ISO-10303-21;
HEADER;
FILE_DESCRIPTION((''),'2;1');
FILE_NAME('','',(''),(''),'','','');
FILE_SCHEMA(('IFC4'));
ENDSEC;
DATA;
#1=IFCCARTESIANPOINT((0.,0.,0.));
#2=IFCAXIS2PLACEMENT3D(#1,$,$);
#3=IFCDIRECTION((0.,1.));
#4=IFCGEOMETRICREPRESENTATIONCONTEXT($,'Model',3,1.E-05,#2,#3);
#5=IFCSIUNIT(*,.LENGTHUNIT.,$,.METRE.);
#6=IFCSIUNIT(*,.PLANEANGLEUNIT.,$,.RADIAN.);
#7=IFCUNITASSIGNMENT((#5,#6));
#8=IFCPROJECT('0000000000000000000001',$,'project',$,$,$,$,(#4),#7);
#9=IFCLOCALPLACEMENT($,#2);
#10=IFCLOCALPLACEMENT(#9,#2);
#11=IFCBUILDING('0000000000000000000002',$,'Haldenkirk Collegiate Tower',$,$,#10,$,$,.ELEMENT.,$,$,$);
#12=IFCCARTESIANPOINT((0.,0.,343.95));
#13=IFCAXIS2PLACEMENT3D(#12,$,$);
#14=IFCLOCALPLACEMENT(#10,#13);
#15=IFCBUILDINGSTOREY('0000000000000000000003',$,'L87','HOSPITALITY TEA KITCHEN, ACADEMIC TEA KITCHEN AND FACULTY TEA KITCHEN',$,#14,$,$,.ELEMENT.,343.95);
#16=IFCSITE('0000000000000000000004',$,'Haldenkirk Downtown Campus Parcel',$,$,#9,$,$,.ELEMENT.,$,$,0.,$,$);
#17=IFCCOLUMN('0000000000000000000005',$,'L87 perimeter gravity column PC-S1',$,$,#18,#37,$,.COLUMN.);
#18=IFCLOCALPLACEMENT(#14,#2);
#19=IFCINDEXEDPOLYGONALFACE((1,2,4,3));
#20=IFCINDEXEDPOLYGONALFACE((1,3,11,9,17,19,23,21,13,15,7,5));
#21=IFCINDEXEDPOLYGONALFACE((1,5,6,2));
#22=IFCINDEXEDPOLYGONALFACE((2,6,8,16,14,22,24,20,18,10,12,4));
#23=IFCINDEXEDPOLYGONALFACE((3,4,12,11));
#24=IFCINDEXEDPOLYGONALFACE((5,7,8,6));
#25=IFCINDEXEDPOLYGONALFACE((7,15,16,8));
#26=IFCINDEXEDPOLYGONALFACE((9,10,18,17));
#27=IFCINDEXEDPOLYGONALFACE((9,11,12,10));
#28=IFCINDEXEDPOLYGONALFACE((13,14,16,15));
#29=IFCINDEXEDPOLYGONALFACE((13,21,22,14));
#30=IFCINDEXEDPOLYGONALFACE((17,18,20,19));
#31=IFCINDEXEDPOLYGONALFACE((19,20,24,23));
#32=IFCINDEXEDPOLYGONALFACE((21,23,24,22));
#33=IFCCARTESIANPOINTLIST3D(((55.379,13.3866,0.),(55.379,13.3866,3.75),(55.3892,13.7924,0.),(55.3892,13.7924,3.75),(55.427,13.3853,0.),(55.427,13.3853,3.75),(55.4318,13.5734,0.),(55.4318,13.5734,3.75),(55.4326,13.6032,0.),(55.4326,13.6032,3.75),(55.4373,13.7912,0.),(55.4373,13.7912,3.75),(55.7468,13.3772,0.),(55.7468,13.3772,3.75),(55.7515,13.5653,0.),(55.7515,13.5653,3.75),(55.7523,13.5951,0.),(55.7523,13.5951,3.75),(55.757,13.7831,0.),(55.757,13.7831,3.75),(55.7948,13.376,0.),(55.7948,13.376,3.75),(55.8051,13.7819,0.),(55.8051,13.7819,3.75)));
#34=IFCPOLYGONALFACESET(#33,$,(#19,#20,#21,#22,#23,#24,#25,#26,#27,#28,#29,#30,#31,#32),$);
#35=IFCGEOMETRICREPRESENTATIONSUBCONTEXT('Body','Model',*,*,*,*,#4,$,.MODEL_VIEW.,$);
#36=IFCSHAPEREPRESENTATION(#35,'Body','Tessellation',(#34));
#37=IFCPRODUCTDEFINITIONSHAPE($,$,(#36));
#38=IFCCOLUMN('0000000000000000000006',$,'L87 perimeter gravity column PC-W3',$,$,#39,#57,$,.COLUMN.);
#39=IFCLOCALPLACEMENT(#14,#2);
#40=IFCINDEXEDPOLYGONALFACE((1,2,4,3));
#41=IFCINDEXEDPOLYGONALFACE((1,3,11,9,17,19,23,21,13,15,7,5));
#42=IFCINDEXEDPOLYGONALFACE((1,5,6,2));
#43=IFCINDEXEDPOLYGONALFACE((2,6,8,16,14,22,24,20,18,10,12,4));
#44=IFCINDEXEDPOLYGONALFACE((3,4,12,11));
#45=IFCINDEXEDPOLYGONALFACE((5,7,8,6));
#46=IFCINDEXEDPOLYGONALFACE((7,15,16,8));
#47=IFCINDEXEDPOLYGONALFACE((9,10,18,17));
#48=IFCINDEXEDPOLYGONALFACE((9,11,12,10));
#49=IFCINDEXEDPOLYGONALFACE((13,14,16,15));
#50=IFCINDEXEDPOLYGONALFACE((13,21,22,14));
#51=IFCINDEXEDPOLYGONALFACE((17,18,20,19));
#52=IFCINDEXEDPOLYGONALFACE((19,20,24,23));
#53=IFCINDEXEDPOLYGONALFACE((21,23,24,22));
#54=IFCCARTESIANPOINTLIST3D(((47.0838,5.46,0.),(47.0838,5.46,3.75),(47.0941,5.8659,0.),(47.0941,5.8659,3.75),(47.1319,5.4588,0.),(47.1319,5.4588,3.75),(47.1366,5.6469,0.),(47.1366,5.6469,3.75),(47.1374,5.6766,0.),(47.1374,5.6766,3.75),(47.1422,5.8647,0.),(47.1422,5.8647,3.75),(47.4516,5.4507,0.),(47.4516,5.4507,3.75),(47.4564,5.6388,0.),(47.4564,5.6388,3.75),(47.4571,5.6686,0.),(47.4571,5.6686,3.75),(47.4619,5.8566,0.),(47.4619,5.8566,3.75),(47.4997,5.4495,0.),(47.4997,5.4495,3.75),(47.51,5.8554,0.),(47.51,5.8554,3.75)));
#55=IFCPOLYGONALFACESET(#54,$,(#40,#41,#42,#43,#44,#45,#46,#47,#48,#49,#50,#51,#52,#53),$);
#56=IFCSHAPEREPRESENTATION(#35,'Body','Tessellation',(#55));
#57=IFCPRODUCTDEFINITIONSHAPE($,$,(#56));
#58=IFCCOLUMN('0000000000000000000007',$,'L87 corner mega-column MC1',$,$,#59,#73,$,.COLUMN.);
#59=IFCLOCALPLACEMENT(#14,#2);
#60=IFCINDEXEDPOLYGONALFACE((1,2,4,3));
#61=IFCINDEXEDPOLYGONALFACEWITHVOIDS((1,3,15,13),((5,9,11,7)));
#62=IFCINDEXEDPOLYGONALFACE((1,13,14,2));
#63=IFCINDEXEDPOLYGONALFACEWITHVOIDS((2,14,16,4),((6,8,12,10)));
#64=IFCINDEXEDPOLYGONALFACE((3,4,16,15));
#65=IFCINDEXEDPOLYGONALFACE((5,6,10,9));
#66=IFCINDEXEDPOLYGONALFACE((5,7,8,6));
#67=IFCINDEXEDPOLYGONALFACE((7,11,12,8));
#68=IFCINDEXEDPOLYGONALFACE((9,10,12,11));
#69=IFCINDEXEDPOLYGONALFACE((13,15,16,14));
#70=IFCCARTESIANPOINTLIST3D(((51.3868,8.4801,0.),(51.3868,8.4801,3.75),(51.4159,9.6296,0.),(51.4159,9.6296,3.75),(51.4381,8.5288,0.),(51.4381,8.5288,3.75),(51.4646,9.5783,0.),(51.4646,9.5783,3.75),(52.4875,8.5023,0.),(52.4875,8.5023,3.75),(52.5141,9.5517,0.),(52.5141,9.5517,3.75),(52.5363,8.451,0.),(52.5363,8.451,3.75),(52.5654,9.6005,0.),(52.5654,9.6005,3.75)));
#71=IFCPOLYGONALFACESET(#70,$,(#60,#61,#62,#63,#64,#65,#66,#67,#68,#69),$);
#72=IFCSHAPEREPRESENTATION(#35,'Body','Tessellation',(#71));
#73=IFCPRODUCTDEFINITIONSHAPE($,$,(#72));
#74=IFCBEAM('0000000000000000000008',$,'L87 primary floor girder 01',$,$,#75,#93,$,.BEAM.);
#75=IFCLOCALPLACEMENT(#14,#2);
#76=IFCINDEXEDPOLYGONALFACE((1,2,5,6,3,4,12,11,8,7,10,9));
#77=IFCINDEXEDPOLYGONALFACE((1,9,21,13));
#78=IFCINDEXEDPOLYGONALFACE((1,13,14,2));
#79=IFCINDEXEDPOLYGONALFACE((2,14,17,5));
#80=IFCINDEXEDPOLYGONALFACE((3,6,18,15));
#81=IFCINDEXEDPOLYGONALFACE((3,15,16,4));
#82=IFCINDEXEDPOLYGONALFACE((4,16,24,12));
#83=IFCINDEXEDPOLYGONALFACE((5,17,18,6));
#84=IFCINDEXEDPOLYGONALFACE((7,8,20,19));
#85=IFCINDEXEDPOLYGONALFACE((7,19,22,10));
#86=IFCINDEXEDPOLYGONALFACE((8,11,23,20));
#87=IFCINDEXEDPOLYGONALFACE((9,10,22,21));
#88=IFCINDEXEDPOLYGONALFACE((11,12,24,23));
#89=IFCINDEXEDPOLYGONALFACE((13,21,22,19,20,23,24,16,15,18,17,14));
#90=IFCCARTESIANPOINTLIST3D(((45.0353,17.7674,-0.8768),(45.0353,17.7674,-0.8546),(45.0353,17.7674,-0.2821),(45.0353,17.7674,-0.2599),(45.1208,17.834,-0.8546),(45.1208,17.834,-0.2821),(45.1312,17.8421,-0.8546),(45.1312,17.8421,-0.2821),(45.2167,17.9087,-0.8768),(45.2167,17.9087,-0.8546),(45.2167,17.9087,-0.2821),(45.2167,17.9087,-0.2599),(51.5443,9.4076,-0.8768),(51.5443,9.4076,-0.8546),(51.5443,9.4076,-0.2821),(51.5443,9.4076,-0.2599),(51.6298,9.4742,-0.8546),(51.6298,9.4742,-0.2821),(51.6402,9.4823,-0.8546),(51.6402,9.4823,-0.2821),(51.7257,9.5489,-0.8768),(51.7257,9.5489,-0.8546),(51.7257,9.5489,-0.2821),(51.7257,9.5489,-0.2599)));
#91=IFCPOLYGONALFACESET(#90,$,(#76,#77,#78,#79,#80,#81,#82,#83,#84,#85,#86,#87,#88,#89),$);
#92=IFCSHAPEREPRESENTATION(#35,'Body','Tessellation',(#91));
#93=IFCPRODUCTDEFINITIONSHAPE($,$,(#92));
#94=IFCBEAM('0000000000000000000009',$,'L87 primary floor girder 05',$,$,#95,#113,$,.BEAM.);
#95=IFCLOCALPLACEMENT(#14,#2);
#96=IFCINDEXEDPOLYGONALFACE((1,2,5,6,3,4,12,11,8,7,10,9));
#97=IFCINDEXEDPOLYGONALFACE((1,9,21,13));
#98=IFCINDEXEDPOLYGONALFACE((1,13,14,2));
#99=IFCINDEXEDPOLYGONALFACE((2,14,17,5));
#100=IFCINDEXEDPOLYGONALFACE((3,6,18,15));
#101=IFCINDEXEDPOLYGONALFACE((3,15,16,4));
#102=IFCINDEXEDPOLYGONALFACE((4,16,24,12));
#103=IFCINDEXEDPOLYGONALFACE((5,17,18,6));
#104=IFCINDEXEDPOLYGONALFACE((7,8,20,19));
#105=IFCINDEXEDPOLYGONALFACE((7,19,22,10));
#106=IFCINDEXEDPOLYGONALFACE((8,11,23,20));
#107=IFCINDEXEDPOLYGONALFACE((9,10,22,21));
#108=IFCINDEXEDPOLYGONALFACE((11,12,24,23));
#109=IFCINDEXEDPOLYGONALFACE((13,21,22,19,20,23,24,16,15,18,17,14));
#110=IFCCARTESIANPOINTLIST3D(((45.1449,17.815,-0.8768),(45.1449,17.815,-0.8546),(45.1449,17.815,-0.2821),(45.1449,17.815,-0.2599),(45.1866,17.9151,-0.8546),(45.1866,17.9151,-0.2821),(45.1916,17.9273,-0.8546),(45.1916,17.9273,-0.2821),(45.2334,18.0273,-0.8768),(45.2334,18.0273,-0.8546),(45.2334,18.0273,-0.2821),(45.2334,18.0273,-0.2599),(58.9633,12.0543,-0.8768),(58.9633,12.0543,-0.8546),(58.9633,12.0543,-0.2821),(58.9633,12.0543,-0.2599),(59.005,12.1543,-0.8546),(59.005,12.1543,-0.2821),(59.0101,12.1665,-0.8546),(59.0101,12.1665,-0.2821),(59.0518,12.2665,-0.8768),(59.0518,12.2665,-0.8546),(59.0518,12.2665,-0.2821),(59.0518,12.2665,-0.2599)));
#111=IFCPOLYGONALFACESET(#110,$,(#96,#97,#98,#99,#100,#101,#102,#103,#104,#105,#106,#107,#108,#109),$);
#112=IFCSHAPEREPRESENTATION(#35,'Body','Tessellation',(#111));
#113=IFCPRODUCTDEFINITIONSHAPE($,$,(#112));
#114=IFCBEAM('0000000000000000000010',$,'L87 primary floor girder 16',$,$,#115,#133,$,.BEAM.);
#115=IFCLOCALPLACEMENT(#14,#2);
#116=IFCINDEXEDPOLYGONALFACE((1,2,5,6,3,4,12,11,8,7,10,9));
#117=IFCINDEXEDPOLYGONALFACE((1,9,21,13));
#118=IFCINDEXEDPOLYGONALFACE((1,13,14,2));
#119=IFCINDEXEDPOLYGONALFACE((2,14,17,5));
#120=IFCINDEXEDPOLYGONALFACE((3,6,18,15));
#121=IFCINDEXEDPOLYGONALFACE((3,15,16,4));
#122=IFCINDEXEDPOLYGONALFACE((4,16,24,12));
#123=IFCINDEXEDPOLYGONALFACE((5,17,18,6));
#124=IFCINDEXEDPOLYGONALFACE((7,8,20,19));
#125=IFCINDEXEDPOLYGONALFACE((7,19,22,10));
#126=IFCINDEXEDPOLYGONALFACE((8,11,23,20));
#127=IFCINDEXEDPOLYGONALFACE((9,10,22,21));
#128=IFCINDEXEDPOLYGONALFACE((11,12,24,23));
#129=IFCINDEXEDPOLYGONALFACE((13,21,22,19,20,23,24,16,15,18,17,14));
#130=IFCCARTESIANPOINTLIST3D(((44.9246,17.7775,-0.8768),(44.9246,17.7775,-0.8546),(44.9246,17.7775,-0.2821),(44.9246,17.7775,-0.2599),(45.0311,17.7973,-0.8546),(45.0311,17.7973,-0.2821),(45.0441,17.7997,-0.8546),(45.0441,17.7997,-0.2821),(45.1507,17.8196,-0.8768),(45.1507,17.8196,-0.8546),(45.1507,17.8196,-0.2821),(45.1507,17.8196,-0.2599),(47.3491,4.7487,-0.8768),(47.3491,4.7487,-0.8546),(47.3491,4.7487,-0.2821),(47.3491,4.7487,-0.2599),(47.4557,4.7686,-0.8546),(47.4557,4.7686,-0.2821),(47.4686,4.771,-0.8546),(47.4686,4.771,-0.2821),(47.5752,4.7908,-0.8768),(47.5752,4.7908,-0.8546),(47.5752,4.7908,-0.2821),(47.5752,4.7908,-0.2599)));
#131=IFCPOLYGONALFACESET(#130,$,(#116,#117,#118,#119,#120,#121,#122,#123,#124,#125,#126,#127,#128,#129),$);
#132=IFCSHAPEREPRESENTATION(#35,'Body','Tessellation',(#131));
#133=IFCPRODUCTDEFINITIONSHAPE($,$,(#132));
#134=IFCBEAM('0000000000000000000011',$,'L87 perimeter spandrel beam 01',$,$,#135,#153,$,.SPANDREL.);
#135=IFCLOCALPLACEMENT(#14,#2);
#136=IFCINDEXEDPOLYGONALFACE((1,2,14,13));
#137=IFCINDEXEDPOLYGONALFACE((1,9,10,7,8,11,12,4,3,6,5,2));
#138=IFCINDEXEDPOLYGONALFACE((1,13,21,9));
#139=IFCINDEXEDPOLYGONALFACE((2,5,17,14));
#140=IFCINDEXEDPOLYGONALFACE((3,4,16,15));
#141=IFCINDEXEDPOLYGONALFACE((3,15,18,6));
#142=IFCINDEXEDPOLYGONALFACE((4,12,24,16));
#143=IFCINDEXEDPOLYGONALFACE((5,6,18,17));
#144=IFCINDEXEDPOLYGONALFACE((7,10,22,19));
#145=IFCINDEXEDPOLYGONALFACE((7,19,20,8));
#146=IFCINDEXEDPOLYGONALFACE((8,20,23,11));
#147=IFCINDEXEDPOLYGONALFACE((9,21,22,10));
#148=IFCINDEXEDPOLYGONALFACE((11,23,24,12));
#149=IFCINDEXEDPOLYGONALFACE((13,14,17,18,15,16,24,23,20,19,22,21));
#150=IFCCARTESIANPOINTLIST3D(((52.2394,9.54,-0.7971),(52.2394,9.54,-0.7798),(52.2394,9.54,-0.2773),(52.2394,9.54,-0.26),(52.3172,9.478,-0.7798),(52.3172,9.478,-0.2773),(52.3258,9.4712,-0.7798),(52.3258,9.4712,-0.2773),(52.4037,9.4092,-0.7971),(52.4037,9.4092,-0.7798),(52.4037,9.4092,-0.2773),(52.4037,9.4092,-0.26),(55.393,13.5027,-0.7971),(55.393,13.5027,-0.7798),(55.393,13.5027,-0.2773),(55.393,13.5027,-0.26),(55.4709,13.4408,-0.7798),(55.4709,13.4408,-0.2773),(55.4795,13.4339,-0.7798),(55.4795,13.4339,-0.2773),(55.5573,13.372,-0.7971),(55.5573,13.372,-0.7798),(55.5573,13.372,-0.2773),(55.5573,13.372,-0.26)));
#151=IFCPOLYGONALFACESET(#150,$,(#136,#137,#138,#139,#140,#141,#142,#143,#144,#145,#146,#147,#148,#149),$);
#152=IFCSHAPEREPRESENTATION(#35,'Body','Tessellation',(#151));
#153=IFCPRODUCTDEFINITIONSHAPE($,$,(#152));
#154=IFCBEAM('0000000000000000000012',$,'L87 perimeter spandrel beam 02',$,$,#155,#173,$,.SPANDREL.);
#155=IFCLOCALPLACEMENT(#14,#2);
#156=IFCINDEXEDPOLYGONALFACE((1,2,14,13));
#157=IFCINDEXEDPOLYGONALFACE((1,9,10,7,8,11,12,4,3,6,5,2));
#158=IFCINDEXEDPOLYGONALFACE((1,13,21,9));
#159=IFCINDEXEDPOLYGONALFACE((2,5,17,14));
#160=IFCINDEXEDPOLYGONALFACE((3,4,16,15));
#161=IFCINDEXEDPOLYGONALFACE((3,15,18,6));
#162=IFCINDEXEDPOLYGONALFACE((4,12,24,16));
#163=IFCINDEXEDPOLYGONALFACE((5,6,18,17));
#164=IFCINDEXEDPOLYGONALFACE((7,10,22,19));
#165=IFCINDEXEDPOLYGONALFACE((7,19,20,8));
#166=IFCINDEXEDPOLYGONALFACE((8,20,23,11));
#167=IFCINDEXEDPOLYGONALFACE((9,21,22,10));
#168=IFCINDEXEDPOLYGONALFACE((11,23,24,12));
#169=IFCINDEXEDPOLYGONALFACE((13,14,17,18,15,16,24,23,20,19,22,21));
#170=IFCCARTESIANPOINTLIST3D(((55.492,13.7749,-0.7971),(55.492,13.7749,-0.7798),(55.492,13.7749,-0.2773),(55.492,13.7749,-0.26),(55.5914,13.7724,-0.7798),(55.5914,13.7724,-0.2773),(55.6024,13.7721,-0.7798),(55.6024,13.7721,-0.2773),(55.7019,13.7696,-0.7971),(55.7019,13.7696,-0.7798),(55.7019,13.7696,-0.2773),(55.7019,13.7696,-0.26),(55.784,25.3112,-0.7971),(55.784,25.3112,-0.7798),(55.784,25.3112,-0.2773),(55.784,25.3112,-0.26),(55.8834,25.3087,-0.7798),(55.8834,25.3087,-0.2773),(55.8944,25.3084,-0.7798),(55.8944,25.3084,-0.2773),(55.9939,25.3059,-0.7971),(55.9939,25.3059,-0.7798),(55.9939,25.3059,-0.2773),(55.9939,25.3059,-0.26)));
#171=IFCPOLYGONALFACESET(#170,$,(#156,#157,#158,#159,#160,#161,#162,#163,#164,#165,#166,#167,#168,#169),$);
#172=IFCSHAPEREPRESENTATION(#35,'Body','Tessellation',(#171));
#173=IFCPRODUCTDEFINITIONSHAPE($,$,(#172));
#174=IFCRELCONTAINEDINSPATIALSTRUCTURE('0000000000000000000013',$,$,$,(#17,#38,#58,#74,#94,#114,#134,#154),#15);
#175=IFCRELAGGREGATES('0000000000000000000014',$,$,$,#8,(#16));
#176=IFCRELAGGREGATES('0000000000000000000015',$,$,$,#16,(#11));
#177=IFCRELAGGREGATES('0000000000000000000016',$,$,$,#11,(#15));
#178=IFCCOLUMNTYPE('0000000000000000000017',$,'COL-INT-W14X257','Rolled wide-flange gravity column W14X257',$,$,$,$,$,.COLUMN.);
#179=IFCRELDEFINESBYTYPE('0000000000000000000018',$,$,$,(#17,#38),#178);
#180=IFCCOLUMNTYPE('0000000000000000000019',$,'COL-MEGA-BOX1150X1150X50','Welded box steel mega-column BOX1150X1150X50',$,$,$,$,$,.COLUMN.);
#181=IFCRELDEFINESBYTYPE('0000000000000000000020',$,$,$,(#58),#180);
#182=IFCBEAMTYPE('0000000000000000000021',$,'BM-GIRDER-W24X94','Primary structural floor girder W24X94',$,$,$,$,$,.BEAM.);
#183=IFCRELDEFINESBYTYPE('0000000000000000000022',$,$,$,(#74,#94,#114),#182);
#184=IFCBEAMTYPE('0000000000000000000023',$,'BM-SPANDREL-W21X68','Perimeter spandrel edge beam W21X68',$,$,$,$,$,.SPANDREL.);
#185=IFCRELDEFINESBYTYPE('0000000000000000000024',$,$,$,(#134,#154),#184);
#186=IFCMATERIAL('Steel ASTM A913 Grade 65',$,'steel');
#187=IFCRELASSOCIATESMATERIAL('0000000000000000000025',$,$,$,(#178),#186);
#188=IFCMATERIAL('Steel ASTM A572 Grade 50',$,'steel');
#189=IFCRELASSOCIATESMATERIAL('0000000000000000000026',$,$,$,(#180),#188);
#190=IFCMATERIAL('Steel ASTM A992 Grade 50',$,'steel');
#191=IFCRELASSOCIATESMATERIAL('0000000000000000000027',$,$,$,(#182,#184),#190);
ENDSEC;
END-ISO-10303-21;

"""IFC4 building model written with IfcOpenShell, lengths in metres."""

from ifc_helpers import new_model, si_unit, direction, frame, origin, origin_2d, place, context, subcontext, project, spatial, hollow_rectangle, i_section, extrude, material, material_profile, profile_set, type_object, element, save


model = new_model("IFC4")

# Units and contexts
model_context = context("Model", 3, precision=1e-05, world=origin(), true_north=direction((0.0, 1.0)))
body_context = subcontext(model_context, "Body", "Model", "MODEL_VIEW")
ifc_project = project(units=[si_unit("LENGTHUNIT", "METRE"), si_unit("PLANEANGLEUNIT", "RADIAN")], contexts=[model_context])

# Site, building, storey
site_placement = place(None, origin())
site = spatial("IfcSite", under=ifc_project, at=site_placement, Name="Haldenkirk Downtown Campus Parcel", CompositionType="ELEMENT", RefElevation=0.0)
building_placement = place(site_placement, origin())
building = spatial("IfcBuilding", under=site, at=building_placement, Name="Haldenkirk Collegiate Tower", CompositionType="ELEMENT")
storey_placement = place(building_placement, frame((0.0, 0.0, 343.95)))
storey = spatial("IfcBuildingStorey", under=building, at=storey_placement, Name="L87", Description="HOSPITALITY TEA KITCHEN, ACADEMIC TEA KITCHEN AND FACULTY TEA KITCHEN", CompositionType="ELEMENT", Elevation=343.95)

# Columns
ifc_material_1 = material(Name="Steel ASTM A913 Grade 65", Category="steel")
ifc_material_profile_1 = material_profile(ifc_material_1, i_section(OverallWidth=0.406, OverallDepth=0.416, WebThickness=0.0298, FlangeThickness=0.0481, at=origin_2d()), Name="W14X257")
ifc_profile_set_1 = profile_set([ifc_material_profile_1], Name="Steel ASTM A913 Grade 65")
column_type_1 = type_object("IfcColumnType", Name="COL-INT-W14X257", Description="Rolled wide-flange gravity column W14X257", PredefinedType="COLUMN", material=ifc_profile_set_1)
for number, where, z_axis, x_axis, name in (
    (1, (55.592, 13.5842, 0.0), (0.0, 0.0, 1.0), (0.025305, 0.99968, 0.0), "L87 perimeter gravity column PC-S1"),
    (2, (47.2969, 5.6577, 0.0), (0.0, 0.0, 1.0), (0.025305, 0.99968, 0.0), "L87 perimeter gravity column PC-W3"),
):
    element("IfcColumn", number, at=place(storey_placement, frame(where, z_axis=z_axis, x_axis=x_axis)), inside=storey, type_object=column_type_1, Name=name, PredefinedType="COLUMN", context=body_context, shape_type="SweptSolid", body=[
        extrude(i_section(OverallWidth=0.406, OverallDepth=0.416, WebThickness=0.0298, FlangeThickness=0.0481, at=origin_2d()), origin(), (0.0, 0.0, 1.0), 3.75),
    ])
ifc_material_2 = material(Name="Steel ASTM A572 Grade 50", Category="steel")
ifc_material_profile_2 = material_profile(ifc_material_2, hollow_rectangle(XDim=1.1499, YDim=1.1499, WallThickness=0.05, at=origin_2d()), Name="BOX1150X1150X50")
ifc_profile_set_2 = profile_set([ifc_material_profile_2], Name="Steel ASTM A572 Grade 50")
column_type_2 = type_object("IfcColumnType", Name="COL-MEGA-BOX1150X1150X50", Description="Welded box steel mega-column BOX1150X1150X50", PredefinedType="COLUMN", material=ifc_profile_set_2)
column_placement = place(storey_placement, frame((51.9761, 9.0403, 0.0), z_axis=(0.0, 0.0, 1.0), x_axis=(0.025305, 0.99968, 0.0)))
element("IfcColumn", 3, at=column_placement, inside=storey, type_object=column_type_2, Name="L87 corner mega-column MC1", PredefinedType="COLUMN", context=body_context, shape_type="SweptSolid", body=[
    extrude(hollow_rectangle(XDim=1.1499, YDim=1.1499, WallThickness=0.05, at=origin_2d()), origin(), (0.0, 0.0, 1.0), 3.75),
])

# Beams
ifc_material_3 = material(Name="Steel ASTM A992 Grade 50", Category="steel")
ifc_material_profile_3 = material_profile(ifc_material_3, i_section(OverallWidth=0.23, OverallDepth=0.6169, WebThickness=0.0132, FlangeThickness=0.0222, at=origin_2d()), Name="W24X94")
ifc_profile_set_3 = profile_set([ifc_material_profile_3], Name="Steel ASTM A992 Grade 50")
beam_type_1 = type_object("IfcBeamType", Name="BM-GIRDER-W24X94", Description="Primary structural floor girder W24X94", PredefinedType="BEAM", material=ifc_profile_set_3)
beam_1_placement = place(storey_placement, frame((51.635, 9.4783, -0.5684), z_axis=(-0.614347, 0.789036, 0.0), x_axis=(-0.789036, -0.614347, 0.0)))
element("IfcBeam", 4, at=beam_1_placement, inside=storey, type_object=beam_type_1, Name="L87 primary floor girder 01", PredefinedType="BEAM", context=body_context, shape_type="SweptSolid", body=[
    extrude(i_section(OverallWidth=0.23, OverallDepth=0.6169, WebThickness=0.0132, FlangeThickness=0.0222, at=origin_2d()), origin(), (0.0, 0.0, 1.0), 10.595),
])
beam_2_placement = place(storey_placement, frame((59.0076, 12.1604, -0.5684), z_axis=(-0.923004, 0.384791, 0.0), x_axis=(-0.384791, -0.923004, 0.0)))
element("IfcBeam", 5, at=beam_2_placement, inside=storey, type_object=beam_type_1, Name="L87 primary floor girder 05", PredefinedType="BEAM", context=body_context, shape_type="SweptSolid", body=[
    extrude(i_section(OverallWidth=0.23, OverallDepth=0.6169, WebThickness=0.0132, FlangeThickness=0.0222, at=origin_2d()), origin(), (0.0, 0.0, 1.0), 14.9712),
])
beam_3_placement = place(storey_placement, frame((47.4622, 4.7698, -0.5684), z_axis=(-0.182951, 0.983122, 0.0), x_axis=(-0.983122, -0.182951, 0.0)))
element("IfcBeam", 6, at=beam_3_placement, inside=storey, type_object=beam_type_1, Name="L87 primary floor girder 16", PredefinedType="BEAM", context=body_context, shape_type="SweptSolid", body=[
    extrude(i_section(OverallWidth=0.23, OverallDepth=0.6169, WebThickness=0.0132, FlangeThickness=0.0222, at=origin_2d()), origin(), (0.0, 0.0, 1.0), 13.2524),
])
ifc_material_profile_4 = material_profile(ifc_material_3, i_section(OverallWidth=0.21, OverallDepth=0.5371, WebThickness=0.011, FlangeThickness=0.0173, at=origin_2d()), Name="W21X68")
ifc_profile_set_4 = profile_set([ifc_material_profile_4], Name="Steel ASTM A992 Grade 50")
beam_type_2 = type_object("IfcBeamType", Name="BM-SPANDREL-W21X68", Description="Perimeter spandrel edge beam W21X68", PredefinedType="SPANDREL", material=ifc_profile_set_4)
beam_4_placement = place(storey_placement, frame((52.3215, 9.4746, -0.5286), z_axis=(0.6227, 0.782461, 0.0), x_axis=(-0.782461, 0.6227, 0.0)))
element("IfcBeam", 7, at=beam_4_placement, inside=storey, type_object=beam_type_2, Name="L87 perimeter spandrel beam 01", PredefinedType="SPANDREL", context=body_context, shape_type="SweptSolid", body=[
    extrude(i_section(OverallWidth=0.21, OverallDepth=0.5371, WebThickness=0.011, FlangeThickness=0.0173, at=origin_2d()), origin(), (0.0, 0.0, 1.0), 5.0645),
])
beam_5_placement = place(storey_placement, frame((55.5969, 13.7722, -0.5286), z_axis=(0.025302, 0.99968, 0.0), x_axis=(-0.99968, 0.025302, 0.0)))
element("IfcBeam", 8, at=beam_5_placement, inside=storey, type_object=beam_type_2, Name="L87 perimeter spandrel beam 02", PredefinedType="SPANDREL", context=body_context, shape_type="SweptSolid", body=[
    extrude(i_section(OverallWidth=0.21, OverallDepth=0.5371, WebThickness=0.011, FlangeThickness=0.0173, at=origin_2d()), origin(), (0.0, 0.0, 1.0), 11.54),
])

save(model, "model.ifc")
